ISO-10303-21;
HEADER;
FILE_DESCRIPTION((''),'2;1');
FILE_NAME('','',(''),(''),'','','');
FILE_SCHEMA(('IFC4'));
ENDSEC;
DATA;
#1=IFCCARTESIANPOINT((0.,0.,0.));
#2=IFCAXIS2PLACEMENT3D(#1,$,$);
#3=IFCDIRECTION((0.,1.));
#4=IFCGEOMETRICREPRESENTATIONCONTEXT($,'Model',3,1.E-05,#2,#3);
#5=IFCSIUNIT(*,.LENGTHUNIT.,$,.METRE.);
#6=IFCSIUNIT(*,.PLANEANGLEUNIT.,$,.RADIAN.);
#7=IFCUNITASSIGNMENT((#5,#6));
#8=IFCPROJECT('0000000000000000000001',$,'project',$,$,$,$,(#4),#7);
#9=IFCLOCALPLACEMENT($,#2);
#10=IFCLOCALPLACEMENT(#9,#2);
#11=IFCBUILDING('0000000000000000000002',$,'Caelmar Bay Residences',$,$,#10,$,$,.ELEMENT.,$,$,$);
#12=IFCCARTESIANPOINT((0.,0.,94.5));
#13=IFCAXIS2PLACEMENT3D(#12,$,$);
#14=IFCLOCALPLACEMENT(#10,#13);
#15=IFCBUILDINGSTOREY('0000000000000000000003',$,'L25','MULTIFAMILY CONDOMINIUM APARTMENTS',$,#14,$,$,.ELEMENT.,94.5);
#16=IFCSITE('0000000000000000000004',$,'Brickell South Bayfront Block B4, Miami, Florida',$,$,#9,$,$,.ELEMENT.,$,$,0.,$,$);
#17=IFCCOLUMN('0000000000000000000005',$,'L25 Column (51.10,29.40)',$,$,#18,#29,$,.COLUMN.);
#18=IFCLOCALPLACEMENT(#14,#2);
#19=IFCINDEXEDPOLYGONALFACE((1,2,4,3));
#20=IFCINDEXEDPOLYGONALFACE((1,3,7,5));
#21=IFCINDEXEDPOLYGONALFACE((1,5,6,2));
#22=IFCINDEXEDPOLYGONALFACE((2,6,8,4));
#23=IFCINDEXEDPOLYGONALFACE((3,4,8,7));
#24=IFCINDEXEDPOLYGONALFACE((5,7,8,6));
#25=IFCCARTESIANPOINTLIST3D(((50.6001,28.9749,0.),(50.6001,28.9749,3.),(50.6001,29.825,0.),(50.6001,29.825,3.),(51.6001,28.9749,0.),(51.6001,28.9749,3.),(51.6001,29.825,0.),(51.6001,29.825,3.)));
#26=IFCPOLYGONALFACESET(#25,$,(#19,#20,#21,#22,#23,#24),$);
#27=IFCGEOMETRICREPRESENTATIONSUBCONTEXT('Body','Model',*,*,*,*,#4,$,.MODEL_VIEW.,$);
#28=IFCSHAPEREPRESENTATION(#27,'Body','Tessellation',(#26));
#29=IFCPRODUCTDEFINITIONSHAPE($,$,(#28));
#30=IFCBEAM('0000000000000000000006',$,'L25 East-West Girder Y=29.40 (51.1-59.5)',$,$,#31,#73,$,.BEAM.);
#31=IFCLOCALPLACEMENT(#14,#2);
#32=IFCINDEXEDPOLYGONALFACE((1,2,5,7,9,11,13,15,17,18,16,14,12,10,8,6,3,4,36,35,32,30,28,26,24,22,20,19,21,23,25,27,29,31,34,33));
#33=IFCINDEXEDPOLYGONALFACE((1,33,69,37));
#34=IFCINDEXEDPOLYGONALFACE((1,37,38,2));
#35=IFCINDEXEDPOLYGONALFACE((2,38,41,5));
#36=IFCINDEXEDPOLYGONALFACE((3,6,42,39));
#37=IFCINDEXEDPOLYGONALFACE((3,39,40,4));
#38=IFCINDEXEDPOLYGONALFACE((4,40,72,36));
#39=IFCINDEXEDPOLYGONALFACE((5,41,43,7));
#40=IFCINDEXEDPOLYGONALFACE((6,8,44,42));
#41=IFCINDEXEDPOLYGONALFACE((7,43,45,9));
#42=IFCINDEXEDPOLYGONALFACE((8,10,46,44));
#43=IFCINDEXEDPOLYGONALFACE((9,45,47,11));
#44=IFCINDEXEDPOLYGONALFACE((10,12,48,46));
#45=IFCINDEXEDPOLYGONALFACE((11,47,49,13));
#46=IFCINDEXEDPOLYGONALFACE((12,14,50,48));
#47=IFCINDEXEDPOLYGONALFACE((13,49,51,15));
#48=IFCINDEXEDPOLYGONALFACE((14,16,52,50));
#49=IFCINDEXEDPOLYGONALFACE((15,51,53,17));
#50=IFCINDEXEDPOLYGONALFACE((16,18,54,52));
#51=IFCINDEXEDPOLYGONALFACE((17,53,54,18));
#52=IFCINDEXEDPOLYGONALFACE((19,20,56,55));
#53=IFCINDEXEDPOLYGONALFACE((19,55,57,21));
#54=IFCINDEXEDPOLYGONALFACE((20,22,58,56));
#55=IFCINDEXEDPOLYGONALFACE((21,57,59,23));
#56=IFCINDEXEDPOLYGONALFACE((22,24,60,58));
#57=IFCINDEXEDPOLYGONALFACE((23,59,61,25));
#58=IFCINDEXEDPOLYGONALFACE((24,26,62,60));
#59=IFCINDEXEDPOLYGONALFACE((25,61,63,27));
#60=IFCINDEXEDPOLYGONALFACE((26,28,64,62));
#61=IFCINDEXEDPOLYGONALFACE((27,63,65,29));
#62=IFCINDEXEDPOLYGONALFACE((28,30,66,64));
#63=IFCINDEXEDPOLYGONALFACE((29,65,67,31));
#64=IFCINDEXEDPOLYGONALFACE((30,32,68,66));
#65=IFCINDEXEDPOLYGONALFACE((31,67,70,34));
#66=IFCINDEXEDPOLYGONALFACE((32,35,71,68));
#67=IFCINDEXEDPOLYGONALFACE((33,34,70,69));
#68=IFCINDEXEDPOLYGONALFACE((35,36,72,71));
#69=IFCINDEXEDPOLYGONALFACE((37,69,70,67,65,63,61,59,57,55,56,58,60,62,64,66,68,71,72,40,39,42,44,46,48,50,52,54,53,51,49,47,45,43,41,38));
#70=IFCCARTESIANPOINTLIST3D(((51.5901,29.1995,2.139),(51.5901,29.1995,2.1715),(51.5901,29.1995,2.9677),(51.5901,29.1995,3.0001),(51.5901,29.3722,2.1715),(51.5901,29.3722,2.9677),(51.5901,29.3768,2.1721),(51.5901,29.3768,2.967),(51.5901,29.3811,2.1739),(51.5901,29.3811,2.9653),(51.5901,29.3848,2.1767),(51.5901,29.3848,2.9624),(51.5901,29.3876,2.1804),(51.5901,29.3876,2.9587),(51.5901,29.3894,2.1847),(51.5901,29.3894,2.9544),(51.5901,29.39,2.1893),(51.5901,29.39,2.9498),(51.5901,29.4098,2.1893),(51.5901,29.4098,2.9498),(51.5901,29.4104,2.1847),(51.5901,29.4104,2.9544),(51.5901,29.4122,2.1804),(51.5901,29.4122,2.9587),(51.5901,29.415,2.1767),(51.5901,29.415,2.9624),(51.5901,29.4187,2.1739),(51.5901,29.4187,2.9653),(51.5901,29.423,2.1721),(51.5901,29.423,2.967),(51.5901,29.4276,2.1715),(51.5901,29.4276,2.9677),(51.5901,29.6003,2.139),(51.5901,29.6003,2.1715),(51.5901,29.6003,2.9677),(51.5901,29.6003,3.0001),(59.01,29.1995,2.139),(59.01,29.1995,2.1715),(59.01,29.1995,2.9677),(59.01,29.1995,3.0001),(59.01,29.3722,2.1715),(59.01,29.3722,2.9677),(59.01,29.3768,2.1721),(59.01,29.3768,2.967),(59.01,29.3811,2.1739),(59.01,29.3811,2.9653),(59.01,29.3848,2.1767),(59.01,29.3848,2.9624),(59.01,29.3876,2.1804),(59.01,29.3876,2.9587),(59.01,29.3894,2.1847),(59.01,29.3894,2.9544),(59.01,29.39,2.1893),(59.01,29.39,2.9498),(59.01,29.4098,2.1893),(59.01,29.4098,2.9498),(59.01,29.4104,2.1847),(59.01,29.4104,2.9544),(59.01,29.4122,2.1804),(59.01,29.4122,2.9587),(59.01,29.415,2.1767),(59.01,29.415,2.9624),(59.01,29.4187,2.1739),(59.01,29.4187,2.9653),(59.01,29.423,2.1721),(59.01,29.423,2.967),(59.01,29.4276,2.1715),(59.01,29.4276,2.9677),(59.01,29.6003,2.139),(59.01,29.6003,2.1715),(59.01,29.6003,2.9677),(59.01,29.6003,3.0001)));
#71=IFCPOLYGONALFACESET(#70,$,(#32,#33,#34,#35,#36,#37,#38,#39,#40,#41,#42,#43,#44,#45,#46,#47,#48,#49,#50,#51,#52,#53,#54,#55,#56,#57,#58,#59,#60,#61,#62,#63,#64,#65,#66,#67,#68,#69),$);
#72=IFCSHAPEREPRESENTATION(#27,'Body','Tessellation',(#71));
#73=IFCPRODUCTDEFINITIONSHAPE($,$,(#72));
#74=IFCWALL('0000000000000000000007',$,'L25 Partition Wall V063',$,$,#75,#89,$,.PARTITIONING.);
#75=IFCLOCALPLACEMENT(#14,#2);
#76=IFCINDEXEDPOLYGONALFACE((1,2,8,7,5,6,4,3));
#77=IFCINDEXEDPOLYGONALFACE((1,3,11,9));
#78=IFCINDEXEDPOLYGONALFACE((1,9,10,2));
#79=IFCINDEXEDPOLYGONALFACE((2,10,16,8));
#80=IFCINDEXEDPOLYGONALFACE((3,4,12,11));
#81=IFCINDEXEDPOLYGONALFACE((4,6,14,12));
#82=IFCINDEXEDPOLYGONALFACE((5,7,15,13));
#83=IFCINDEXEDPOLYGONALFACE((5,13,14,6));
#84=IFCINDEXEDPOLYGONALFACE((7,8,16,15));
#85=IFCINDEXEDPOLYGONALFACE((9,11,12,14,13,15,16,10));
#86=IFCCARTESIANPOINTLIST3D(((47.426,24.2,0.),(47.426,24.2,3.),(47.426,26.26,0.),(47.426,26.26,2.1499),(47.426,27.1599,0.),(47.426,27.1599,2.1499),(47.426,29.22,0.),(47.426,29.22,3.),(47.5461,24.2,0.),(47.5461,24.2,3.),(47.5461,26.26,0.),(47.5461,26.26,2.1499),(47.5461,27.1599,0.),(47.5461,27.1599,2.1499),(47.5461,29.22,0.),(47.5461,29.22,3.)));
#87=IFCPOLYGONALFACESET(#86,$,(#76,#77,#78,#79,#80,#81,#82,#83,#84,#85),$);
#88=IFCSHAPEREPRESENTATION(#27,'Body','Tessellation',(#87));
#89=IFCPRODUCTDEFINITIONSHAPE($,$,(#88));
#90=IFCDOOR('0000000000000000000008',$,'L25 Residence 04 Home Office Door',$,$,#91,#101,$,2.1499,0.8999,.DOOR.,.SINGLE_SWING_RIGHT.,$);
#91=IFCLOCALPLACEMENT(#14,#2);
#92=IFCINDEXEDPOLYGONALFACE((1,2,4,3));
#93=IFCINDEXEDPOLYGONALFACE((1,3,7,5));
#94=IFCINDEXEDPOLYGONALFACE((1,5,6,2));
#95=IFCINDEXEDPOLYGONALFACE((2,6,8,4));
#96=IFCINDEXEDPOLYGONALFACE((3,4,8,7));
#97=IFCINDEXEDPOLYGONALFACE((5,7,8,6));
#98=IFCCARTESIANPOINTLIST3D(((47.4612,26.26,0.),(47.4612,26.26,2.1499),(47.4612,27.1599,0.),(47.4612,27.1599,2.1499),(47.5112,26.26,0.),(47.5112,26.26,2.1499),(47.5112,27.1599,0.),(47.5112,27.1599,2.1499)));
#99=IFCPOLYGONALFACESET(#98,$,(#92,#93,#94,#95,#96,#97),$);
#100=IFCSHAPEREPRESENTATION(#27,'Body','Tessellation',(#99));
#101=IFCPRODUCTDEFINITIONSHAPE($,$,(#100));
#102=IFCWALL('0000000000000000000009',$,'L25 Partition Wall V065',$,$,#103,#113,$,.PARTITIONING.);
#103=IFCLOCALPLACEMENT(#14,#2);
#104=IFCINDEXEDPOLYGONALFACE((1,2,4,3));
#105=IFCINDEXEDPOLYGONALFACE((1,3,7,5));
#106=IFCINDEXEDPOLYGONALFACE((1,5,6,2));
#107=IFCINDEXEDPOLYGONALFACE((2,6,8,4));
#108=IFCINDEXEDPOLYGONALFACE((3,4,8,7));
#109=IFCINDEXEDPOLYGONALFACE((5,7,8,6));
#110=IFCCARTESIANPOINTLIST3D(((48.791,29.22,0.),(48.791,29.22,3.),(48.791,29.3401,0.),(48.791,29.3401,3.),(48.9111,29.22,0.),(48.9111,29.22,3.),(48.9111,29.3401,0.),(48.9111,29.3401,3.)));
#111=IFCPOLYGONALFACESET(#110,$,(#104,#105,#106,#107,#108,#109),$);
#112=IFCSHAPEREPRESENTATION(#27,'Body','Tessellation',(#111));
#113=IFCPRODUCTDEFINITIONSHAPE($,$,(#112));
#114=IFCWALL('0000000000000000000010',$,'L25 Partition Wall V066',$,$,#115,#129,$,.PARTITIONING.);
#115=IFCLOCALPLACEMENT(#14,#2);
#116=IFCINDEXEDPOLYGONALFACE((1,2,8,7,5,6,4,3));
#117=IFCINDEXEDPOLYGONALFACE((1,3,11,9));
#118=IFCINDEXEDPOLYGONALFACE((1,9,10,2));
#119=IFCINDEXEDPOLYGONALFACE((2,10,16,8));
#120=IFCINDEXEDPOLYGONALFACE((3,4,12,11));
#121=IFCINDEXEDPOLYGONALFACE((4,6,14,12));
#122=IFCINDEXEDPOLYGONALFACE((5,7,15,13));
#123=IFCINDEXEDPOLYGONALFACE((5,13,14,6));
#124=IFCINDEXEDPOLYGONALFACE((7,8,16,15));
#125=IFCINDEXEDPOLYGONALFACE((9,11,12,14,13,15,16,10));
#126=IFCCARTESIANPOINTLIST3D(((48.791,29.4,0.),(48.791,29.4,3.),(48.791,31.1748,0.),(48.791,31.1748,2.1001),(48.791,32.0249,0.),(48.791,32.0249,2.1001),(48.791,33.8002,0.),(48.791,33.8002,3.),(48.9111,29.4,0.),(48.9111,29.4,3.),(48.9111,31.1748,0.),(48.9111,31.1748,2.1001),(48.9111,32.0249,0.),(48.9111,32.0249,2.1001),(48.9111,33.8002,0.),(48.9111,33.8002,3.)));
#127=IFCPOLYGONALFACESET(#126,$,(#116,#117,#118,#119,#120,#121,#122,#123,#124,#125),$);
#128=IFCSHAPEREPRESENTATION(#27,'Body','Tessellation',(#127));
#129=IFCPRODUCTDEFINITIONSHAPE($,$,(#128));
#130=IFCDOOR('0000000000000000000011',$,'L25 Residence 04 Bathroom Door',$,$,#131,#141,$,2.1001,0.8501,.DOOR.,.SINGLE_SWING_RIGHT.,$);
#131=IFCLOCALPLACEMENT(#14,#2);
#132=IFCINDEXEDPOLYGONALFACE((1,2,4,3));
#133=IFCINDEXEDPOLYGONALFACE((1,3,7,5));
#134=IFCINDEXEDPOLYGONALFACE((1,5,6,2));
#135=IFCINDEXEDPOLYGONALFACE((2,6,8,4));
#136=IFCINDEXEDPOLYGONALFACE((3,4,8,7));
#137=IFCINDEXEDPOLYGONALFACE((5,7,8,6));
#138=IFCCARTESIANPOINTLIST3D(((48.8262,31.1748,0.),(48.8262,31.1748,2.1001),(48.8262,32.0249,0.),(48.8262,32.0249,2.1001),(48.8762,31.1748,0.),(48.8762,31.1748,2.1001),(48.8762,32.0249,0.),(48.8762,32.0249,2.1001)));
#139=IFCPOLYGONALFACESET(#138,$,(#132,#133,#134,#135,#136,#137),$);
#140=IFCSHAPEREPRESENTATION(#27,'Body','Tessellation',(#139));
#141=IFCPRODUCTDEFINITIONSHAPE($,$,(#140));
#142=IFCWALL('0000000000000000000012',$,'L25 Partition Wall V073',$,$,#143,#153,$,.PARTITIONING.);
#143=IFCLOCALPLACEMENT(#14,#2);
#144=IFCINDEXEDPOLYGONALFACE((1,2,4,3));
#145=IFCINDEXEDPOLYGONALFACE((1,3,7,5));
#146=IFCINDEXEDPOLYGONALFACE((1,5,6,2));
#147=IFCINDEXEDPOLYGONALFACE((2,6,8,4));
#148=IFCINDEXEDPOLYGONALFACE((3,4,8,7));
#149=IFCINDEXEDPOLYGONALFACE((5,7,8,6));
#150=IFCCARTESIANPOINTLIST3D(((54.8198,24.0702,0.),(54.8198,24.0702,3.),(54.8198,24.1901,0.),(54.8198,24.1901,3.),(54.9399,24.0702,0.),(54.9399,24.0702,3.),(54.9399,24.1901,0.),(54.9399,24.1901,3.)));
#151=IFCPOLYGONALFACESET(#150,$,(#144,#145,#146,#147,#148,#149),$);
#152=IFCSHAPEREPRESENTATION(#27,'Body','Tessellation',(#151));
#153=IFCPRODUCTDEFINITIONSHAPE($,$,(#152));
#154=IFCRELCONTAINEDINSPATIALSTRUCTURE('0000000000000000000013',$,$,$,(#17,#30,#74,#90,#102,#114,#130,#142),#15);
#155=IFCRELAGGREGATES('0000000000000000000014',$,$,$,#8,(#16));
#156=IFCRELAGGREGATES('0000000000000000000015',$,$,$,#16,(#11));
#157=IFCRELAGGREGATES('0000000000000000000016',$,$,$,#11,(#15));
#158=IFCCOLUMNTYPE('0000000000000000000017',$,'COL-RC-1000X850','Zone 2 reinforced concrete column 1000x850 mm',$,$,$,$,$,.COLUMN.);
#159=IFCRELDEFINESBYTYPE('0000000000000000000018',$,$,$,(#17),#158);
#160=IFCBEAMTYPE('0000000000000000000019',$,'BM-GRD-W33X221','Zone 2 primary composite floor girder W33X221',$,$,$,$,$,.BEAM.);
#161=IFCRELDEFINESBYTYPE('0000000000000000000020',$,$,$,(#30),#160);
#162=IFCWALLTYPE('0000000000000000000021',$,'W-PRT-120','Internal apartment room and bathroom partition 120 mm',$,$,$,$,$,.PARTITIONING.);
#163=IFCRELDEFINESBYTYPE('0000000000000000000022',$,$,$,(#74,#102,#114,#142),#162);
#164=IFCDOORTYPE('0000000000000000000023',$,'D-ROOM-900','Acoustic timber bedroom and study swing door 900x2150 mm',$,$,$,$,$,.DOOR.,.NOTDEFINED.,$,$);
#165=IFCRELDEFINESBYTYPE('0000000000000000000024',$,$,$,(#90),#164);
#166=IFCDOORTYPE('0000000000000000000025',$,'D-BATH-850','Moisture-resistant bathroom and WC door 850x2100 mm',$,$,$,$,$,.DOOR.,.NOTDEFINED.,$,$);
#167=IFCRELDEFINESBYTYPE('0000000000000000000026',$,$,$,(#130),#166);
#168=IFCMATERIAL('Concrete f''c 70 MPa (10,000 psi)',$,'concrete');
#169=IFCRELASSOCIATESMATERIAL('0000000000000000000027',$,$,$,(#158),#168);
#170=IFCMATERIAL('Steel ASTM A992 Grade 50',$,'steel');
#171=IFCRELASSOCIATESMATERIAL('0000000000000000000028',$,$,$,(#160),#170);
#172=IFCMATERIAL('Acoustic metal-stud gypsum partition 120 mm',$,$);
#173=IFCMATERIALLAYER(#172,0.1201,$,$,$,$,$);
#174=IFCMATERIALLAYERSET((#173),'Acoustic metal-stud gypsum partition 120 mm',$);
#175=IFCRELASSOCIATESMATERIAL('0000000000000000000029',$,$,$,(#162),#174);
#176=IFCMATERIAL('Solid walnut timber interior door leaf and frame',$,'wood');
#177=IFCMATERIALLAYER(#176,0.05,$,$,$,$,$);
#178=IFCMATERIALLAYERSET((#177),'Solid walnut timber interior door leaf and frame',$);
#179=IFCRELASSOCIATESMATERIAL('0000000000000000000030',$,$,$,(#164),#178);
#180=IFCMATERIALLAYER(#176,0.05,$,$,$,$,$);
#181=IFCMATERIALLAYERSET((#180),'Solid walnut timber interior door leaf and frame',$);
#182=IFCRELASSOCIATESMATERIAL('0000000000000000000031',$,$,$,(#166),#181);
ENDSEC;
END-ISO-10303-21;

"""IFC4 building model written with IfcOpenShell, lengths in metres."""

from ifc_helpers import new_model, si_unit, direction, frame, frame_2d, origin, origin_2d, place, context, subcontext, project, spatial, rectangle, i_section, extrude, material, layer, layer_set, material_profile, profile_set, type_object, element, fill, save


model = new_model("IFC4")

# Units and contexts
model_context = context("Model", 3, precision=1e-05, world=origin(), true_north=direction((0.0, 1.0)))
body_context = subcontext(model_context, "Body", "Model", "MODEL_VIEW")
ifc_project = project(units=[si_unit("LENGTHUNIT", "METRE"), si_unit("PLANEANGLEUNIT", "RADIAN")], contexts=[model_context])

# Site, building, storey
site_placement = place(None, origin())
site = spatial("IfcSite", under=ifc_project, at=site_placement, Name="Brickell South Bayfront Block B4, Miami, Florida", CompositionType="ELEMENT", RefElevation=0.0)
building_placement = place(site_placement, origin())
building = spatial("IfcBuilding", under=site, at=building_placement, Name="Caelmar Bay Residences", CompositionType="ELEMENT")
storey_placement = place(building_placement, frame((0.0, 0.0, 94.5)))
storey = spatial("IfcBuildingStorey", under=building, at=storey_placement, Name="L25", Description="MULTIFAMILY CONDOMINIUM APARTMENTS", CompositionType="ELEMENT", Elevation=94.5)

# Column
ifc_material_1 = material(Name="Concrete f'c 70 MPa (10,000 psi)", Category="concrete")
ifc_material_profile_1 = material_profile(ifc_material_1, rectangle(XDim=1.0, YDim=0.8501, at=origin_2d()), Name="RC-COL-1000X850")
ifc_profile_set_1 = profile_set([ifc_material_profile_1], Name="Concrete f'c 70 MPa (10,000 psi)")
column_type = type_object("IfcColumnType", Name="COL-RC-1000X850", Description="Zone 2 reinforced concrete column 1000x850 mm", PredefinedType="COLUMN", material=ifc_profile_set_1)
column_placement = place(storey_placement, frame((51.1001, 29.3999, 0.0), z_axis=(0.0, 0.0, 1.0), x_axis=(1.0, 0.0, 0.0)))
element("IfcColumn", 1, at=column_placement, inside=storey, type_object=column_type, Name="L25 Column (51.10,29.40)", PredefinedType="COLUMN", context=body_context, shape_type="SweptSolid", body=[
    extrude(rectangle(XDim=1.0, YDim=0.8501, at=origin_2d()), origin(), (0.0, 0.0, 1.0), 3.0),
])

# Beam
ifc_material_2 = material(Name="Steel ASTM A992 Grade 50", Category="steel")
ifc_material_profile_2 = material_profile(ifc_material_2, i_section(OverallWidth=0.4009, OverallDepth=0.8611, WebThickness=0.0198, FlangeThickness=0.0325, FilletRadius=0.0178, at=origin_2d()), Name="W33X221")
ifc_profile_set_2 = profile_set([ifc_material_profile_2], Name="Steel ASTM A992 Grade 50")
beam_type = type_object("IfcBeamType", Name="BM-GRD-W33X221", Description="Zone 2 primary composite floor girder W33X221", PredefinedType="BEAM", material=ifc_profile_set_2)
beam_placement = place(storey_placement, frame((51.5901, 29.3999, 2.5696), z_axis=(1.0, 0.0, 0.0), x_axis=(0.0, 1.0, 0.0)))
element("IfcBeam", 2, at=beam_placement, inside=storey, type_object=beam_type, Name="L25 East-West Girder Y=29.40 (51.1-59.5)", PredefinedType="BEAM", context=body_context, shape_type="SweptSolid", body=[
    extrude(i_section(OverallWidth=0.4009, OverallDepth=0.8611, WebThickness=0.0198, FlangeThickness=0.0325, FilletRadius=0.0178, at=origin_2d()), origin(), (0.0, 0.0, 1.0), 7.4199),
])

# Wall, opening, door
ifc_material_3 = material(Name="Acoustic metal-stud gypsum partition 120 mm")
ifc_layer_1 = layer(ifc_material_3, 0.1201)
ifc_layer_set_1 = layer_set([ifc_layer_1], Name="Acoustic metal-stud gypsum partition 120 mm")
wall_type = type_object("IfcWallType", Name="W-PRT-120", Description="Internal apartment room and bathroom partition 120 mm", PredefinedType="PARTITIONING", material=ifc_layer_set_1)
wall_1_placement = place(storey_placement, frame((47.4861, 24.2, 0.0), z_axis=(0.0, 0.0, 1.0), x_axis=(0.0, 1.0, 0.0)))
wall_1 = element("IfcWall", 3, at=wall_1_placement, inside=storey, type_object=wall_type, Name="L25 Partition Wall V063", PredefinedType="PARTITIONING", context=body_context, shape_type="SweptSolid", body=[
    extrude(rectangle(XDim=5.02, YDim=0.1201, at=frame_2d((2.51, 0.0))), origin(), (0.0, 0.0, 1.0), 3.0),
])
opening_1_placement = place(wall_1_placement, frame((2.0601, 0.0, 0.0)))
opening_1 = element("IfcOpeningElement", 4, at=opening_1_placement, cuts=wall_1, PredefinedType="OPENING", context=body_context, shape_type="SweptSolid", body=[
    extrude(rectangle(XDim=0.8999, YDim=2.1499, at=frame_2d((0.45, 1.075))), frame((0.0, 0.0701, 0.0), z_axis=(0.0, -1.0, 0.0), x_axis=(1.0, 0.0, 0.0)), (0.0, 0.0, 1.0), 0.1401),
])
ifc_material_4 = material(Name="Solid walnut timber interior door leaf and frame", Category="wood")
ifc_layer_2 = layer(ifc_material_4, 0.05)
ifc_layer_set_2 = layer_set([ifc_layer_2], Name="Solid walnut timber interior door leaf and frame")
door_type_1 = type_object("IfcDoorType", Name="D-ROOM-900", Description="Acoustic timber bedroom and study swing door 900x2150 mm", OperationType="NOTDEFINED", PredefinedType="DOOR", material=ifc_layer_set_2)
door_1_placement = place(opening_1_placement, origin())
door_1 = element("IfcDoor", 5, at=door_1_placement, inside=storey, type_object=door_type_1, Name="L25 Residence 04 Home Office Door", OperationType="SINGLE_SWING_RIGHT", OverallHeight=2.1499, OverallWidth=0.8999, PredefinedType="DOOR", context=body_context, shape_type="SweptSolid", body=[
    extrude(rectangle(XDim=0.8999, YDim=2.1499, at=frame_2d((0.45, 1.075))), frame((0.0, 0.0249, 0.0), z_axis=(0.0, -1.0, 0.0), x_axis=(1.0, 0.0, 0.0)), (0.0, 0.0, 1.0), 0.05),
])
fill(opening_1, door_1)

# Wall
wall_2_placement = place(storey_placement, frame((48.8511, 29.22, 0.0), z_axis=(0.0, 0.0, 1.0), x_axis=(0.0, 1.0, 0.0)))
element("IfcWall", 6, at=wall_2_placement, inside=storey, type_object=wall_type, Name="L25 Partition Wall V065", PredefinedType="PARTITIONING", context=body_context, shape_type="SweptSolid", body=[
    extrude(rectangle(XDim=0.1201, YDim=0.1201, at=frame_2d((0.0601, 0.0))), origin(), (0.0, 0.0, 1.0), 3.0),
])

# Wall, opening, door
wall_3_placement = place(storey_placement, frame((48.8511, 29.3999, 0.0), z_axis=(0.0, 0.0, 1.0), x_axis=(0.0, 1.0, 0.0)))
wall_3 = element("IfcWall", 7, at=wall_3_placement, inside=storey, type_object=wall_type, Name="L25 Partition Wall V066", PredefinedType="PARTITIONING", context=body_context, shape_type="SweptSolid", body=[
    extrude(rectangle(XDim=4.4001, YDim=0.1201, at=frame_2d((2.2002, 0.0))), origin(), (0.0, 0.0, 1.0), 3.0),
])
opening_2_placement = place(wall_3_placement, frame((1.7749, 0.0, 0.0)))
opening_2 = element("IfcOpeningElement", 8, at=opening_2_placement, cuts=wall_3, PredefinedType="OPENING", context=body_context, shape_type="SweptSolid", body=[
    extrude(rectangle(XDim=0.8501, YDim=2.1001, at=frame_2d((0.425, 1.05))), frame((0.0, 0.0701, 0.0), z_axis=(0.0, -1.0, 0.0), x_axis=(1.0, 0.0, 0.0)), (0.0, 0.0, 1.0), 0.1401),
])
ifc_layer_3 = layer(ifc_material_4, 0.05)
ifc_layer_set_3 = layer_set([ifc_layer_3], Name="Solid walnut timber interior door leaf and frame")
door_type_2 = type_object("IfcDoorType", Name="D-BATH-850", Description="Moisture-resistant bathroom and WC door 850x2100 mm", OperationType="NOTDEFINED", PredefinedType="DOOR", material=ifc_layer_set_3)
door_2_placement = place(opening_2_placement, origin())
door_2 = element("IfcDoor", 9, at=door_2_placement, inside=storey, type_object=door_type_2, Name="L25 Residence 04 Bathroom Door", OperationType="SINGLE_SWING_RIGHT", OverallHeight=2.1001, OverallWidth=0.8501, PredefinedType="DOOR", context=body_context, shape_type="SweptSolid", body=[
    extrude(rectangle(XDim=0.8501, YDim=2.1001, at=frame_2d((0.425, 1.05))), frame((0.0, 0.0249, 0.0), z_axis=(0.0, -1.0, 0.0), x_axis=(1.0, 0.0, 0.0)), (0.0, 0.0, 1.0), 0.05),
])
fill(opening_2, door_2)

# Wall
wall_4_placement = place(storey_placement, frame((54.8799, 24.0701, 0.0), z_axis=(0.0, 0.0, 1.0), x_axis=(0.0, 1.0, 0.0)))
element("IfcWall", 10, at=wall_4_placement, inside=storey, type_object=wall_type, Name="L25 Partition Wall V073", PredefinedType="PARTITIONING", context=body_context, shape_type="SweptSolid", body=[
    extrude(rectangle(XDim=0.1199, YDim=0.1201, at=frame_2d((0.0601, 0.0))), origin(), (0.0, 0.0, 1.0), 3.0),
])

save(model, "model.ifc")
